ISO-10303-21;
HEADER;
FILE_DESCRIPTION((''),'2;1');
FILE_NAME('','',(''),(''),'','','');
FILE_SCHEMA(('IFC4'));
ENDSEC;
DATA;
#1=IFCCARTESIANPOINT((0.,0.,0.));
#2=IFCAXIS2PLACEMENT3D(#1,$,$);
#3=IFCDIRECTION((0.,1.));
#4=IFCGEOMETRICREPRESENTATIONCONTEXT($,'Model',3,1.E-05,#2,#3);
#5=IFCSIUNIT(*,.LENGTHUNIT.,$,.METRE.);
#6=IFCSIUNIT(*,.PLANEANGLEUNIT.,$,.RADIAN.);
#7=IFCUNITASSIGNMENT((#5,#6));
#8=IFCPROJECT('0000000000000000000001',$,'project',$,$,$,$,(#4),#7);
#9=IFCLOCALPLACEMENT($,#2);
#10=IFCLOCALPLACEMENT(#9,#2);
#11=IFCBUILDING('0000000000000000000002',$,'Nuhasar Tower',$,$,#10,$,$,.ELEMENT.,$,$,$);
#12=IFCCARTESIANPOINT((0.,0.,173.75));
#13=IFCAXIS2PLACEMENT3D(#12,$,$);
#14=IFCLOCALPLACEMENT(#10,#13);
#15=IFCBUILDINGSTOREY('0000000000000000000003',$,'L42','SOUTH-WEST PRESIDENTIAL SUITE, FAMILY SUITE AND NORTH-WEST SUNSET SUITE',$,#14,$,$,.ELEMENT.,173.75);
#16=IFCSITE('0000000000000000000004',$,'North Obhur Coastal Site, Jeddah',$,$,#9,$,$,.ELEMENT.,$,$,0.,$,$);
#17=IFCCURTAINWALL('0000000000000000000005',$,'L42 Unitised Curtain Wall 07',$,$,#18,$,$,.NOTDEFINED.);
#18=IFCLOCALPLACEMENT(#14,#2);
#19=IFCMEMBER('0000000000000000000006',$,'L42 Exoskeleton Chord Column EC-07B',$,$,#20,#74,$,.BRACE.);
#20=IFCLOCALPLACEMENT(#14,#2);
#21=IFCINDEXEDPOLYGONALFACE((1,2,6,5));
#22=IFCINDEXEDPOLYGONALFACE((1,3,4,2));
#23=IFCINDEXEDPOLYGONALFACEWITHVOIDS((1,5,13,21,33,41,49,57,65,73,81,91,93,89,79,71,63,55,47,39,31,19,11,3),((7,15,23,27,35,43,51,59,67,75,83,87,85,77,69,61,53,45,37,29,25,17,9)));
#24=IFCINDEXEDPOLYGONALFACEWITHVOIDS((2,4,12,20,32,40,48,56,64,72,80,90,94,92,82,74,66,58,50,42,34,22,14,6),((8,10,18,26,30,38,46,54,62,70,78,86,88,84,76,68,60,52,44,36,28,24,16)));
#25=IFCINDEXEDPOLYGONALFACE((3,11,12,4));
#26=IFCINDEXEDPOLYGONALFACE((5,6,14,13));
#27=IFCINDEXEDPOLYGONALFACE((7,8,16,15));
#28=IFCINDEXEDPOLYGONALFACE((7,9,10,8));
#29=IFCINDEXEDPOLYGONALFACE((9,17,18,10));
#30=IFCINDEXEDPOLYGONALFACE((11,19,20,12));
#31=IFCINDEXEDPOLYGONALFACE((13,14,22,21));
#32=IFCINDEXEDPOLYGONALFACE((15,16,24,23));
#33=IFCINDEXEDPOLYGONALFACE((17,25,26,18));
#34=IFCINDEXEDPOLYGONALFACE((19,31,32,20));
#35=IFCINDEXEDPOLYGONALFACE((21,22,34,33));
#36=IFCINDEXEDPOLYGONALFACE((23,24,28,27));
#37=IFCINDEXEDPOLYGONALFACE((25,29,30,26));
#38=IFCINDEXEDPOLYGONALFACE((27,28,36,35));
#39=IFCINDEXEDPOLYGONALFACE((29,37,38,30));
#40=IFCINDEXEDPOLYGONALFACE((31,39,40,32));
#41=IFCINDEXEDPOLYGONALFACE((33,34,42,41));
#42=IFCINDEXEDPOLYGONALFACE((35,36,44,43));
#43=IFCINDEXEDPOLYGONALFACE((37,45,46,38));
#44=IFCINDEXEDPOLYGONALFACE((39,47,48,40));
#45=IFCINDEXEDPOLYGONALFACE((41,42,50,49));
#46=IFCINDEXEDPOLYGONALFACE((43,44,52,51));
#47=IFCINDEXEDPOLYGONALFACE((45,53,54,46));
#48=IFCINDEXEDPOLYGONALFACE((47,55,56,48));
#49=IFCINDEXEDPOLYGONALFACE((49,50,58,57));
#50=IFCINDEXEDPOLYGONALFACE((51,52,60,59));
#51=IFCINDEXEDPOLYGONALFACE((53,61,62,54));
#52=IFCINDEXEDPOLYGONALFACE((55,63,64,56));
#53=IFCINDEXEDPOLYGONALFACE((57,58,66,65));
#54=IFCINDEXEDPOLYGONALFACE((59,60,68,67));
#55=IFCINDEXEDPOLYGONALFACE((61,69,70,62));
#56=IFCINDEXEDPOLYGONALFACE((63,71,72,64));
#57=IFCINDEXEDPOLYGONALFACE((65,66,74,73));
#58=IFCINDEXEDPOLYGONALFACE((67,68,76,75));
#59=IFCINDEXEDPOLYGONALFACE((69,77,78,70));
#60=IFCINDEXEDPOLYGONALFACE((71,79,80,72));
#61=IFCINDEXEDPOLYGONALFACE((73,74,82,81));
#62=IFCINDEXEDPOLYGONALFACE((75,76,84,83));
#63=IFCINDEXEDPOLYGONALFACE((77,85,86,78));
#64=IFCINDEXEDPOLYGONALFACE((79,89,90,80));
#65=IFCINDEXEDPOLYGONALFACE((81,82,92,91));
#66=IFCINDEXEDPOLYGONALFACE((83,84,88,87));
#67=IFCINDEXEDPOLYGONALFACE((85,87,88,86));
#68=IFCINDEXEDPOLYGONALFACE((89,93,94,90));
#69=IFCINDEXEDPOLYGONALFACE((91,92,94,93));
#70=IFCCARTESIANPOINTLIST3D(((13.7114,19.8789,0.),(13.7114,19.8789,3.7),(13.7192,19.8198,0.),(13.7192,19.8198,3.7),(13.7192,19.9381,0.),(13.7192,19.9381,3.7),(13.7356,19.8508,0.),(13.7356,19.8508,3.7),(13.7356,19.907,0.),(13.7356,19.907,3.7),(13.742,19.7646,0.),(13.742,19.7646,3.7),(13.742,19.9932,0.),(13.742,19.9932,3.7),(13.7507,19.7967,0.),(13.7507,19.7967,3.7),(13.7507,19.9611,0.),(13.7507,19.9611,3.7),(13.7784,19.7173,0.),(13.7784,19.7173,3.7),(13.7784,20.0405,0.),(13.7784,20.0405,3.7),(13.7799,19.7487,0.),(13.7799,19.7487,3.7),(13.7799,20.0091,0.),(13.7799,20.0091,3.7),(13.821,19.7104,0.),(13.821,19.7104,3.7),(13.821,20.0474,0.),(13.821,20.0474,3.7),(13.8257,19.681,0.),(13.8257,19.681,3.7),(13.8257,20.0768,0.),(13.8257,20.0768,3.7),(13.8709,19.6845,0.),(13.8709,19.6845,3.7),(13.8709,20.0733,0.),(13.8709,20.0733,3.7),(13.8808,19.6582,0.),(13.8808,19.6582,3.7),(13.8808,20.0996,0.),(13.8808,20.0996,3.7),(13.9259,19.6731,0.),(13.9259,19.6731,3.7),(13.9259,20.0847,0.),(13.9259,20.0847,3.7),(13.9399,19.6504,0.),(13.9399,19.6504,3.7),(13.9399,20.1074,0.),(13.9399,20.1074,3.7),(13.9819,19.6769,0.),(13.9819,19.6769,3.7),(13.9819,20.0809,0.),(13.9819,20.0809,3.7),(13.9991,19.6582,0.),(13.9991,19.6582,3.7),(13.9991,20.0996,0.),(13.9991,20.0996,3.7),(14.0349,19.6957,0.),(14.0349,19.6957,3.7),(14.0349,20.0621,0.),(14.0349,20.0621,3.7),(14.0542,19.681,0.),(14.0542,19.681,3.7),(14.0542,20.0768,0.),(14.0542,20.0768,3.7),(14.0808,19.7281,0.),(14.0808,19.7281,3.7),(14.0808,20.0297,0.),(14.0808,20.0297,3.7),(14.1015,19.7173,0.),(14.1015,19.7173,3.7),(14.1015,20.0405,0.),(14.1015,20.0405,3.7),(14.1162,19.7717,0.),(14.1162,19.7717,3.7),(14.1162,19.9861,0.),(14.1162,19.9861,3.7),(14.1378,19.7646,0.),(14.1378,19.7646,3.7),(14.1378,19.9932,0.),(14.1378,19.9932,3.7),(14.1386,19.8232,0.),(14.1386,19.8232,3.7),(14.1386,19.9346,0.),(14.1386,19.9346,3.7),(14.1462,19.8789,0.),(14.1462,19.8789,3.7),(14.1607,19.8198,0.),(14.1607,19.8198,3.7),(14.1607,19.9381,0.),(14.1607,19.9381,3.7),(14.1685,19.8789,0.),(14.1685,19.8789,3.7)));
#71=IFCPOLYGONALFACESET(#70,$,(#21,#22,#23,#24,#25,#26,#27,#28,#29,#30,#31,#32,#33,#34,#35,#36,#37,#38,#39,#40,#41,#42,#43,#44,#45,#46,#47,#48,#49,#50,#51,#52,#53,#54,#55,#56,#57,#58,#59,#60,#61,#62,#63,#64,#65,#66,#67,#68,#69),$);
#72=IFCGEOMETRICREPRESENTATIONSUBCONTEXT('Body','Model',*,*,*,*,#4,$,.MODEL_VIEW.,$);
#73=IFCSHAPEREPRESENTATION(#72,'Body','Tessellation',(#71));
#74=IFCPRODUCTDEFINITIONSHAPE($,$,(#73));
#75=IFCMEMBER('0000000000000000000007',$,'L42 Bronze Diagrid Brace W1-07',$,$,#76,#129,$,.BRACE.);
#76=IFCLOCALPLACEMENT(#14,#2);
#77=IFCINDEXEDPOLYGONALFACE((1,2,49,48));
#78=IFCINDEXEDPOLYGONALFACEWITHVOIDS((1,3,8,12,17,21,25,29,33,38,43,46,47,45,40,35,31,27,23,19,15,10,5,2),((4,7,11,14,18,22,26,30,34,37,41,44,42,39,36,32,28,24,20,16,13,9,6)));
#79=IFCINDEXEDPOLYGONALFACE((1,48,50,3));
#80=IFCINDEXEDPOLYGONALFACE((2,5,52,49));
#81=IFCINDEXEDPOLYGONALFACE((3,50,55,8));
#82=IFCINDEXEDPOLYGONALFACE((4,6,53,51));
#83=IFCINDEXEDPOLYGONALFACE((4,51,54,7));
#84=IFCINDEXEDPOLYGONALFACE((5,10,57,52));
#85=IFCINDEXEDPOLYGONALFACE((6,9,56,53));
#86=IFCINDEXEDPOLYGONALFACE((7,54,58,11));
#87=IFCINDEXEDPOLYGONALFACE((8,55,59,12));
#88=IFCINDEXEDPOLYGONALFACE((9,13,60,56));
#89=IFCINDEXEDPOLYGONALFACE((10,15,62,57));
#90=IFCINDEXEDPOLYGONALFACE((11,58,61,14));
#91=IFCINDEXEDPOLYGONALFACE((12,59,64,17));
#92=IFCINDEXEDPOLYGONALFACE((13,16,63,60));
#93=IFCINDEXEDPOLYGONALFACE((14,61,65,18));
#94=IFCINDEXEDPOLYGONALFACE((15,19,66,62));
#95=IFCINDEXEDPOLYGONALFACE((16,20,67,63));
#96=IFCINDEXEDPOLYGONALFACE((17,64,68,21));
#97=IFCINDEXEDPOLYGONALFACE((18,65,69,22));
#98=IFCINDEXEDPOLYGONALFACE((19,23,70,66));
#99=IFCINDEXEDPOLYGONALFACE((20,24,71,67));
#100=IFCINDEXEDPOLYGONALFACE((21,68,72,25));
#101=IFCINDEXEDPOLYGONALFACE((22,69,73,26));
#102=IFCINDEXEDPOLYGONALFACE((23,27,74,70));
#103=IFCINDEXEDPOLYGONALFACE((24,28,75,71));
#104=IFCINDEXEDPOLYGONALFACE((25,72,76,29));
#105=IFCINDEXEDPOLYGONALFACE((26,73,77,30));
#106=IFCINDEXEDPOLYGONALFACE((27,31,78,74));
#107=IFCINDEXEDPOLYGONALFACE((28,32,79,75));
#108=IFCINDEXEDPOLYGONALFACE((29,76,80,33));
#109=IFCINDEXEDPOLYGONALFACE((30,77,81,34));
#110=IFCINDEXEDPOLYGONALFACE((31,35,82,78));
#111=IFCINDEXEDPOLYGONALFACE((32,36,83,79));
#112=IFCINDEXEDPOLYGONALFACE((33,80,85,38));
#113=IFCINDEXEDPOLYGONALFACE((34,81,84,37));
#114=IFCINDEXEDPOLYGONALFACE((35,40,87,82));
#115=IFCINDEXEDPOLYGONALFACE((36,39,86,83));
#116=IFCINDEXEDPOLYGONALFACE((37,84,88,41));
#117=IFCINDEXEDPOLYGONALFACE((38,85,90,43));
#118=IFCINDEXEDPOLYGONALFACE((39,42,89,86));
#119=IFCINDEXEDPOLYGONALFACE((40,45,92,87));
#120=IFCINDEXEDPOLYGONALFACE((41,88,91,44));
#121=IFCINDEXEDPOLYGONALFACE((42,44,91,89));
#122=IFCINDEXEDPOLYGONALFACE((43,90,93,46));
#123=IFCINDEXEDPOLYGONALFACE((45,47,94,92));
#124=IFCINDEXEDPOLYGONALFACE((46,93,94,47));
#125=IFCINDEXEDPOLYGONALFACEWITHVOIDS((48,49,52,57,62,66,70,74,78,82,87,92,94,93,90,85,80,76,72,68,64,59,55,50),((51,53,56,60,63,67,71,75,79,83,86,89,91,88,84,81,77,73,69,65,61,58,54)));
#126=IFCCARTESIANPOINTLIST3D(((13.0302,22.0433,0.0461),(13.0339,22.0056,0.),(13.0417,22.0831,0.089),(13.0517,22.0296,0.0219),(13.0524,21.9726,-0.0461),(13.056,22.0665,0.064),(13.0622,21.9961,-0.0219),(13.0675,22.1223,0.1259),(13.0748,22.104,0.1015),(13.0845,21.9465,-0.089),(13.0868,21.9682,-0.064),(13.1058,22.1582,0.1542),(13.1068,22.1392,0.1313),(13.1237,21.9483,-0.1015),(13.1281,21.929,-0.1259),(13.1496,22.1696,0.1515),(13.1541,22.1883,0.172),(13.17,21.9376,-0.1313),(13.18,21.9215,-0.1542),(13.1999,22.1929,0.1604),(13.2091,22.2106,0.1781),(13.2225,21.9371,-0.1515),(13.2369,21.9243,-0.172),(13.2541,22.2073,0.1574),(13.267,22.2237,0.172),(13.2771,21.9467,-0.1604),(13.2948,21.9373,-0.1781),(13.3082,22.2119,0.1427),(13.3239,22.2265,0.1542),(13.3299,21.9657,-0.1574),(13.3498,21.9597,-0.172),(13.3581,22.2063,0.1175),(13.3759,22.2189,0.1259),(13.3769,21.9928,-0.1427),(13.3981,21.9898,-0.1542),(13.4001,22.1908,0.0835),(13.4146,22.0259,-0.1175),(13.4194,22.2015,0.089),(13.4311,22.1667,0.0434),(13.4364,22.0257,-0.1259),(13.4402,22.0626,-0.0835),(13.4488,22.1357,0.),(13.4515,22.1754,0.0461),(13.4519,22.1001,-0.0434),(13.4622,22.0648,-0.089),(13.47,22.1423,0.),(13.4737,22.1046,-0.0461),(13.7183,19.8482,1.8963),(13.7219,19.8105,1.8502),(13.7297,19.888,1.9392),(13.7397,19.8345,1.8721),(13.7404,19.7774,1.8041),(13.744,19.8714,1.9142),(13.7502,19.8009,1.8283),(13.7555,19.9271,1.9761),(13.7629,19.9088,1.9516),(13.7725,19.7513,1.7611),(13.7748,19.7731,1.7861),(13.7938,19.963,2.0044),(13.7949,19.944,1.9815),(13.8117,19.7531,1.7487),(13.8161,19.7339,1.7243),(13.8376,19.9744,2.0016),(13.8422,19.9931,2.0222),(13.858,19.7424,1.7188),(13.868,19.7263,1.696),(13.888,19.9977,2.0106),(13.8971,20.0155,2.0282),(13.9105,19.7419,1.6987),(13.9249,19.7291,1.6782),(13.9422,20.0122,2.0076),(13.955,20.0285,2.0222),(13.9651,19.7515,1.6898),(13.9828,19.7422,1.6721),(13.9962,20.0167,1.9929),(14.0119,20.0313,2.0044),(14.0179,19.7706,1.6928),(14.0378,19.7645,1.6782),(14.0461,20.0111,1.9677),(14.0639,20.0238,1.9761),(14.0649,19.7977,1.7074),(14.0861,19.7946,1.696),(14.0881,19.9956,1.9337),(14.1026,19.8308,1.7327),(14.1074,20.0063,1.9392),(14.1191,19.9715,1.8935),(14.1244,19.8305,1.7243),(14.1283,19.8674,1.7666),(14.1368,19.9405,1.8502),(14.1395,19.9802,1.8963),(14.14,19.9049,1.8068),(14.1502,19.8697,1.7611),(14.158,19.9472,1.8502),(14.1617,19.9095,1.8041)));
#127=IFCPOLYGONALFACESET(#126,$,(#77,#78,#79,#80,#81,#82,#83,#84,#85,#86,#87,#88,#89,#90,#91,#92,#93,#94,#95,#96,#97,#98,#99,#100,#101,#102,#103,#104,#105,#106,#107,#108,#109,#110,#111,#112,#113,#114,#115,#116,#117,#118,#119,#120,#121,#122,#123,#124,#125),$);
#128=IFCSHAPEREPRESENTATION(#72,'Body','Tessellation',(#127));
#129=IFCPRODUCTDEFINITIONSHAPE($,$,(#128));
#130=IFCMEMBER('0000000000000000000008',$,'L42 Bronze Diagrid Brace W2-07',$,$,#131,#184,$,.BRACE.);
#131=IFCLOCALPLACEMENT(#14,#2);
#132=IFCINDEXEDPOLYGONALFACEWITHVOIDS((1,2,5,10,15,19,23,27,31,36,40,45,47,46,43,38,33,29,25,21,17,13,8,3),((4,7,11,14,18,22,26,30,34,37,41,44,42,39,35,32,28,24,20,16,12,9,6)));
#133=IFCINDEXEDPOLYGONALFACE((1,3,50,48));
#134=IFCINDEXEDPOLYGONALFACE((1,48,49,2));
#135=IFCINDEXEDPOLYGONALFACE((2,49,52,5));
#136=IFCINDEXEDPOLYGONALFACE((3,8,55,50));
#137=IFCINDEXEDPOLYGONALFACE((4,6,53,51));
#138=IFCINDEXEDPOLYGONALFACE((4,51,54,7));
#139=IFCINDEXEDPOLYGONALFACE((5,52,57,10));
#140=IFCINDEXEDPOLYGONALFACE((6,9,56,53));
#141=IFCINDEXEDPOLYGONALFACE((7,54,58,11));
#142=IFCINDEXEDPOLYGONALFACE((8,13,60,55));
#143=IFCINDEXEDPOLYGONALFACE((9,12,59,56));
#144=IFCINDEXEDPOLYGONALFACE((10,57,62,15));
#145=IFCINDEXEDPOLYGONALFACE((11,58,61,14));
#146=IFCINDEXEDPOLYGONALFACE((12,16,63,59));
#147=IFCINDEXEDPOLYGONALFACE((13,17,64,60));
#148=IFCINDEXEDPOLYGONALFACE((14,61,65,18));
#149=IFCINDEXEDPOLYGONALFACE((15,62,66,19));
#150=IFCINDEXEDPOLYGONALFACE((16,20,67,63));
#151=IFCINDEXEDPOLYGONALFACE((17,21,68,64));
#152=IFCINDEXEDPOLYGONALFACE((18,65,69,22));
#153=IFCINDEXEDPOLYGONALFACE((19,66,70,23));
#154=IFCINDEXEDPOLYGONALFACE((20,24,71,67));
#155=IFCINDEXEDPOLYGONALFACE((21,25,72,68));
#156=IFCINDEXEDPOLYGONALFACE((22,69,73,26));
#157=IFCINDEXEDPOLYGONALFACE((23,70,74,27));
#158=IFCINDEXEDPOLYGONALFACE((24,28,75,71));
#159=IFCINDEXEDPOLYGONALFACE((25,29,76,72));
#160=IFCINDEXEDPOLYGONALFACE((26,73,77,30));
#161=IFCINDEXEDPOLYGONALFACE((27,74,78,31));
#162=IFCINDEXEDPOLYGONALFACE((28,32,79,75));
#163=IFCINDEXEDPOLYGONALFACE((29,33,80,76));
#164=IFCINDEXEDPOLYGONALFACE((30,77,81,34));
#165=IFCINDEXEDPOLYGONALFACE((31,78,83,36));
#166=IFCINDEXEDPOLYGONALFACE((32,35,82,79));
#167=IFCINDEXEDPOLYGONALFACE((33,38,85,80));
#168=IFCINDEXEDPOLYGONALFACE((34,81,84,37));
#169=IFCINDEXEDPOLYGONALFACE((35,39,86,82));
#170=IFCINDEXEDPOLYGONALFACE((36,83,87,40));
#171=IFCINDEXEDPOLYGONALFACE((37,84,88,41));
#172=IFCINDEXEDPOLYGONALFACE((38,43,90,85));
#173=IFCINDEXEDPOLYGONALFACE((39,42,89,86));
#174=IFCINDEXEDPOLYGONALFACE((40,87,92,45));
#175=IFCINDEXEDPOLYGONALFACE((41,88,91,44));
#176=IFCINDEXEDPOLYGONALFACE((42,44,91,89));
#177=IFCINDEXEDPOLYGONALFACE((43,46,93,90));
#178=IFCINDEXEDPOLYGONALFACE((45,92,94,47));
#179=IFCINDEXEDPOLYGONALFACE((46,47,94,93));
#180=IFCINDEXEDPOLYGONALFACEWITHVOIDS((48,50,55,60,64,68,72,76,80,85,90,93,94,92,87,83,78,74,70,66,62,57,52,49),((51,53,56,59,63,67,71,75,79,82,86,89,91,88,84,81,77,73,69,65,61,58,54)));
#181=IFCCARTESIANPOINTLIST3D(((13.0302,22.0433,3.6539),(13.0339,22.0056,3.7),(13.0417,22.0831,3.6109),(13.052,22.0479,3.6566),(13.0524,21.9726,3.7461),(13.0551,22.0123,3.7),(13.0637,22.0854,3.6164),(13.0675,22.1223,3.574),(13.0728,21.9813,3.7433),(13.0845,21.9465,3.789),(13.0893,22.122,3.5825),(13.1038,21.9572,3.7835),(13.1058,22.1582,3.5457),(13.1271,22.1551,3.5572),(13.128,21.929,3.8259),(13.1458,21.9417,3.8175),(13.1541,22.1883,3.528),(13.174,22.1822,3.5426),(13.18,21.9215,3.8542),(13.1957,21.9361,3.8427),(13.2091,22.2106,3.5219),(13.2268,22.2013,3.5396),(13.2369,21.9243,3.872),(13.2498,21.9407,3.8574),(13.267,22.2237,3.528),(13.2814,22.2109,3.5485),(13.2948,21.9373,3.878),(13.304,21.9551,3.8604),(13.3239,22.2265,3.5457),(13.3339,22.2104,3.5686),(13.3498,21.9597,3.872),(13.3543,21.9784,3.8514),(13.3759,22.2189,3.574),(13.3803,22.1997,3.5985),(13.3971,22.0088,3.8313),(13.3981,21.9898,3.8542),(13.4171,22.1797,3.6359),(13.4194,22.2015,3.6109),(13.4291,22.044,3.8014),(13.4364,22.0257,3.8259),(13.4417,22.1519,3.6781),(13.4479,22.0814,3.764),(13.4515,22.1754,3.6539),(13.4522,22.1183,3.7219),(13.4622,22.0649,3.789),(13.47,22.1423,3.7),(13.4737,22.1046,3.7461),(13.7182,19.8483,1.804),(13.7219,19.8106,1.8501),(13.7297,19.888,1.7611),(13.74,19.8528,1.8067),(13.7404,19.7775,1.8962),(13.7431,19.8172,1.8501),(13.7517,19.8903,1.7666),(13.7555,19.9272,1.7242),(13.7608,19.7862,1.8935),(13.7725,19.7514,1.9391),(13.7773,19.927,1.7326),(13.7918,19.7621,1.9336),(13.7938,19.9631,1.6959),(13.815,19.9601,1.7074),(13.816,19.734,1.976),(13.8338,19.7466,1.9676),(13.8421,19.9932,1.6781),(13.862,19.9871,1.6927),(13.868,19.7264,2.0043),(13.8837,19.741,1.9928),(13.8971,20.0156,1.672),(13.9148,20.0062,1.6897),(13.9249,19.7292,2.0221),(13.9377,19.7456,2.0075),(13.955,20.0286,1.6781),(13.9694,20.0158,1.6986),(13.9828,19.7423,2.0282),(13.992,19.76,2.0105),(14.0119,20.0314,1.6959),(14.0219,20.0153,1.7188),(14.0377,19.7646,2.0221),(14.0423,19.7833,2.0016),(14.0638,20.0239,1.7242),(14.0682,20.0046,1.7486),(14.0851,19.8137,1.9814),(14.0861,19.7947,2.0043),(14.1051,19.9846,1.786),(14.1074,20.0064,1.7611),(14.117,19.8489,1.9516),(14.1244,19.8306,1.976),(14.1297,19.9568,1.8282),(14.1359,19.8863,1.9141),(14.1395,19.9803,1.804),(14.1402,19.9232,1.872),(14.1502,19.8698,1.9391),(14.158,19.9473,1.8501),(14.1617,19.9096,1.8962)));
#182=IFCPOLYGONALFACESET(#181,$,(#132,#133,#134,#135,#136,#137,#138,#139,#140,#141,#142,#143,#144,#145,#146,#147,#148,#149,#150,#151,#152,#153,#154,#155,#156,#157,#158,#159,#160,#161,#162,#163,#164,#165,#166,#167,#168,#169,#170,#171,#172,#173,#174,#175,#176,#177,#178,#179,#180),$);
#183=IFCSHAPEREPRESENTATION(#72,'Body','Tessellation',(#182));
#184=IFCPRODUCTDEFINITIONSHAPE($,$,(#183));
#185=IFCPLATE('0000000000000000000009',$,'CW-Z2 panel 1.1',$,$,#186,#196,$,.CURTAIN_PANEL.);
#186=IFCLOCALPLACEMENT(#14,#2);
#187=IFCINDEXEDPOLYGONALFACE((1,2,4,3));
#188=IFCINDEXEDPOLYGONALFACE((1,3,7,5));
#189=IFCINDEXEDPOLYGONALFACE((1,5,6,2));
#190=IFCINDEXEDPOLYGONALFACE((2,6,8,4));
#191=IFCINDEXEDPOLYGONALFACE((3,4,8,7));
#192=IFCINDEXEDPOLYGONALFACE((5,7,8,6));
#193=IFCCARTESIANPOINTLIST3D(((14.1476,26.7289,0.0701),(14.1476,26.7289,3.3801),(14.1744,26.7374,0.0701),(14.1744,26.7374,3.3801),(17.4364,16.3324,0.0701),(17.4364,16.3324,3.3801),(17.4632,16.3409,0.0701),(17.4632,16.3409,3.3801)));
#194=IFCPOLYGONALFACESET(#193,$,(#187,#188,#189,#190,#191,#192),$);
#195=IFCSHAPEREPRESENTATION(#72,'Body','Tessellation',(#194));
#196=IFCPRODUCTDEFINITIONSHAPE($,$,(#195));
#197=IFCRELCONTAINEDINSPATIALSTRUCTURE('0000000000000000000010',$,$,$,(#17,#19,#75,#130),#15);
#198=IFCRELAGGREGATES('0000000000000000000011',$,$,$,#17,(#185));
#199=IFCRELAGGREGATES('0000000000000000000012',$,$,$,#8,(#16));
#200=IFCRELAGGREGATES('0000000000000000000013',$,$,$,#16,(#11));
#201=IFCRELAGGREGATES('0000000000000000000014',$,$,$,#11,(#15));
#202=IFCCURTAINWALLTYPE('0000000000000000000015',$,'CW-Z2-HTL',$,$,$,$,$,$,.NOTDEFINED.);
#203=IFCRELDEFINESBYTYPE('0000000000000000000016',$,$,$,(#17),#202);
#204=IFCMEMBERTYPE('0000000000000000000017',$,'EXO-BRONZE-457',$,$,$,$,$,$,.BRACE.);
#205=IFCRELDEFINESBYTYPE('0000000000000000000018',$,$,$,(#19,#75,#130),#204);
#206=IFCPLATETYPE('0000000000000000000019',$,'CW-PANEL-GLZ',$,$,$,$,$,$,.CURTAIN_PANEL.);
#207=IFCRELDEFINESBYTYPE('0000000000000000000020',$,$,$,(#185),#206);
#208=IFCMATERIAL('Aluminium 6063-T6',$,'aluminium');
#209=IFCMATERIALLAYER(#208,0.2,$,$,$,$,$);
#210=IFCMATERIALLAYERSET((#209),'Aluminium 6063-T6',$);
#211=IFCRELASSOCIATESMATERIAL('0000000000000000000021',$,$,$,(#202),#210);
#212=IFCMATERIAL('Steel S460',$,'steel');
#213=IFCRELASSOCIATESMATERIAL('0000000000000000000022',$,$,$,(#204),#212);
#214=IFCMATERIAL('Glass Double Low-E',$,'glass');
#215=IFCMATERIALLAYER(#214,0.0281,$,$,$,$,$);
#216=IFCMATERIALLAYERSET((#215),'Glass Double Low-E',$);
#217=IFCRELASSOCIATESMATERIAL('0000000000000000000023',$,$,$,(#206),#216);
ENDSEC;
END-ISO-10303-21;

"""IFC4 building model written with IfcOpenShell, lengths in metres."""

from ifc_helpers import new_model, si_unit, direction, frame, origin, origin_2d, place, context, subcontext, project, spatial, rectangle, hollow_circle, extrude, material, layer, layer_set, material_profile, profile_set, type_object, element, aggregate, save


model = new_model("IFC4")

# Units and contexts
model_context = context("Model", 3, precision=1e-05, world=origin(), true_north=direction((0.0, 1.0)))
body_context = subcontext(model_context, "Body", "Model", "MODEL_VIEW")
ifc_project = project(units=[si_unit("LENGTHUNIT", "METRE"), si_unit("PLANEANGLEUNIT", "RADIAN")], contexts=[model_context])

# Site, building, storey
site_placement = place(None, origin())
site = spatial("IfcSite", under=ifc_project, at=site_placement, Name="North Obhur Coastal Site, Jeddah", CompositionType="ELEMENT", RefElevation=0.0)
building_placement = place(site_placement, origin())
building = spatial("IfcBuilding", under=site, at=building_placement, Name="Nuhasar Tower", CompositionType="ELEMENT")
storey_placement = place(building_placement, frame((0.0, 0.0, 173.75)))
storey = spatial("IfcBuildingStorey", under=building, at=storey_placement, Name="L42", Description="SOUTH-WEST PRESIDENTIAL SUITE, FAMILY SUITE AND NORTH-WEST SUNSET SUITE", CompositionType="ELEMENT", Elevation=173.75)

# Curtain wall
ifc_material_1 = material(Name="Aluminium 6063-T6", Category="aluminium")
ifc_layer_1 = layer(ifc_material_1, 0.2)
ifc_layer_set_1 = layer_set([ifc_layer_1], Name="Aluminium 6063-T6")
curtain_wall_type = type_object("IfcCurtainWallType", Name="CW-Z2-HTL", PredefinedType="NOTDEFINED", material=ifc_layer_set_1)
curtain_wall_1_placement = place(storey_placement, origin())
curtain_wall_1 = element("IfcCurtainWall", 1, at=curtain_wall_1_placement, inside=storey, type_object=curtain_wall_type, Name="L42 Unitised Curtain Wall 07", PredefinedType="NOTDEFINED")

# Members
ifc_material_2 = material(Name="Steel S460", Category="steel")
ifc_material_profile_1 = material_profile(ifc_material_2, hollow_circle(Radius=0.2285, WallThickness=0.0222, at=origin_2d()), Name="HSS457X22.2")
ifc_profile_set_1 = profile_set([ifc_material_profile_1], Name="Steel S460")
member_type_1 = type_object("IfcMemberType", Name="EXO-BRONZE-457", PredefinedType="BRACE", material=ifc_profile_set_1)
for number, where, z_axis, x_axis, name in (
    (2, (13.9399, 19.8789, 0.0), (0.0, 0.0, 1.0), (1.0, 0.0, 0.0), "L42 Exoskeleton Chord Column EC-07B"),
):
    element("IfcMember", number, at=place(storey_placement, frame(where, z_axis=z_axis, x_axis=x_axis)), inside=storey, type_object=member_type_1, Name=name, PredefinedType="BRACE", context=body_context, shape_type="SweptSolid", body=[
        extrude(hollow_circle(Radius=0.2285, WallThickness=0.0222, at=origin_2d()), origin(), (0.0, 0.0, 1.0), 3.7),
    ])
member_1_placement = place(storey_placement, frame((13.252, 22.074, 0.0), z_axis=(0.233056, -0.743578, 0.626719), x_axis=(0.954228, 0.299079, 0.0)))
element("IfcMember", 3, at=member_1_placement, inside=storey, type_object=member_type_1, Name="L42 Bronze Diagrid Brace W1-07", PredefinedType="BRACE", context=body_context, shape_type="SweptSolid", body=[
    extrude(hollow_circle(Radius=0.2285, WallThickness=0.0222, at=origin_2d()), origin(), (0.0, 0.0, 1.0), 2.9521),
])
member_2_placement = place(storey_placement, frame((13.9399, 19.8789, 1.8501), z_axis=(-0.233068, 0.743616, 0.626669), x_axis=(-0.954228, -0.299079, 0.0)))
element("IfcMember", 4, at=member_2_placement, inside=storey, type_object=member_type_1, Name="L42 Bronze Diagrid Brace W2-07", PredefinedType="BRACE", context=body_context, shape_type="SweptSolid", body=[
    extrude(hollow_circle(Radius=0.2285, WallThickness=0.0222, at=origin_2d()), origin(), (0.0, 0.0, 1.0), 2.9519),
])

# Plate
ifc_material_3 = material(Name="Glass Double Low-E", Category="glass")
ifc_layer_2 = layer(ifc_material_3, 0.0281)
ifc_layer_set_2 = layer_set([ifc_layer_2], Name="Glass Double Low-E")
plate_type = type_object("IfcPlateType", Name="CW-PANEL-GLZ", PredefinedType="CURTAIN_PANEL", material=ifc_layer_set_2)
plate_placement = place(storey_placement, frame((15.8054, 21.5349, 0.0701), z_axis=(0.0, 0.0, 1.0), x_axis=(0.301604, -0.953433, 0.0)))
plate = element("IfcPlate", 5, at=plate_placement, type_object=plate_type, Name="CW-Z2 panel 1.1", PredefinedType="CURTAIN_PANEL", context=body_context, shape_type="SweptSolid", body=[
    extrude(rectangle(XDim=10.9043, YDim=0.0281, at=origin_2d()), origin(), (0.0, 0.0, 1.0), 3.3101),
])
aggregate(curtain_wall_1, [plate])

save(model, "model.ifc")
